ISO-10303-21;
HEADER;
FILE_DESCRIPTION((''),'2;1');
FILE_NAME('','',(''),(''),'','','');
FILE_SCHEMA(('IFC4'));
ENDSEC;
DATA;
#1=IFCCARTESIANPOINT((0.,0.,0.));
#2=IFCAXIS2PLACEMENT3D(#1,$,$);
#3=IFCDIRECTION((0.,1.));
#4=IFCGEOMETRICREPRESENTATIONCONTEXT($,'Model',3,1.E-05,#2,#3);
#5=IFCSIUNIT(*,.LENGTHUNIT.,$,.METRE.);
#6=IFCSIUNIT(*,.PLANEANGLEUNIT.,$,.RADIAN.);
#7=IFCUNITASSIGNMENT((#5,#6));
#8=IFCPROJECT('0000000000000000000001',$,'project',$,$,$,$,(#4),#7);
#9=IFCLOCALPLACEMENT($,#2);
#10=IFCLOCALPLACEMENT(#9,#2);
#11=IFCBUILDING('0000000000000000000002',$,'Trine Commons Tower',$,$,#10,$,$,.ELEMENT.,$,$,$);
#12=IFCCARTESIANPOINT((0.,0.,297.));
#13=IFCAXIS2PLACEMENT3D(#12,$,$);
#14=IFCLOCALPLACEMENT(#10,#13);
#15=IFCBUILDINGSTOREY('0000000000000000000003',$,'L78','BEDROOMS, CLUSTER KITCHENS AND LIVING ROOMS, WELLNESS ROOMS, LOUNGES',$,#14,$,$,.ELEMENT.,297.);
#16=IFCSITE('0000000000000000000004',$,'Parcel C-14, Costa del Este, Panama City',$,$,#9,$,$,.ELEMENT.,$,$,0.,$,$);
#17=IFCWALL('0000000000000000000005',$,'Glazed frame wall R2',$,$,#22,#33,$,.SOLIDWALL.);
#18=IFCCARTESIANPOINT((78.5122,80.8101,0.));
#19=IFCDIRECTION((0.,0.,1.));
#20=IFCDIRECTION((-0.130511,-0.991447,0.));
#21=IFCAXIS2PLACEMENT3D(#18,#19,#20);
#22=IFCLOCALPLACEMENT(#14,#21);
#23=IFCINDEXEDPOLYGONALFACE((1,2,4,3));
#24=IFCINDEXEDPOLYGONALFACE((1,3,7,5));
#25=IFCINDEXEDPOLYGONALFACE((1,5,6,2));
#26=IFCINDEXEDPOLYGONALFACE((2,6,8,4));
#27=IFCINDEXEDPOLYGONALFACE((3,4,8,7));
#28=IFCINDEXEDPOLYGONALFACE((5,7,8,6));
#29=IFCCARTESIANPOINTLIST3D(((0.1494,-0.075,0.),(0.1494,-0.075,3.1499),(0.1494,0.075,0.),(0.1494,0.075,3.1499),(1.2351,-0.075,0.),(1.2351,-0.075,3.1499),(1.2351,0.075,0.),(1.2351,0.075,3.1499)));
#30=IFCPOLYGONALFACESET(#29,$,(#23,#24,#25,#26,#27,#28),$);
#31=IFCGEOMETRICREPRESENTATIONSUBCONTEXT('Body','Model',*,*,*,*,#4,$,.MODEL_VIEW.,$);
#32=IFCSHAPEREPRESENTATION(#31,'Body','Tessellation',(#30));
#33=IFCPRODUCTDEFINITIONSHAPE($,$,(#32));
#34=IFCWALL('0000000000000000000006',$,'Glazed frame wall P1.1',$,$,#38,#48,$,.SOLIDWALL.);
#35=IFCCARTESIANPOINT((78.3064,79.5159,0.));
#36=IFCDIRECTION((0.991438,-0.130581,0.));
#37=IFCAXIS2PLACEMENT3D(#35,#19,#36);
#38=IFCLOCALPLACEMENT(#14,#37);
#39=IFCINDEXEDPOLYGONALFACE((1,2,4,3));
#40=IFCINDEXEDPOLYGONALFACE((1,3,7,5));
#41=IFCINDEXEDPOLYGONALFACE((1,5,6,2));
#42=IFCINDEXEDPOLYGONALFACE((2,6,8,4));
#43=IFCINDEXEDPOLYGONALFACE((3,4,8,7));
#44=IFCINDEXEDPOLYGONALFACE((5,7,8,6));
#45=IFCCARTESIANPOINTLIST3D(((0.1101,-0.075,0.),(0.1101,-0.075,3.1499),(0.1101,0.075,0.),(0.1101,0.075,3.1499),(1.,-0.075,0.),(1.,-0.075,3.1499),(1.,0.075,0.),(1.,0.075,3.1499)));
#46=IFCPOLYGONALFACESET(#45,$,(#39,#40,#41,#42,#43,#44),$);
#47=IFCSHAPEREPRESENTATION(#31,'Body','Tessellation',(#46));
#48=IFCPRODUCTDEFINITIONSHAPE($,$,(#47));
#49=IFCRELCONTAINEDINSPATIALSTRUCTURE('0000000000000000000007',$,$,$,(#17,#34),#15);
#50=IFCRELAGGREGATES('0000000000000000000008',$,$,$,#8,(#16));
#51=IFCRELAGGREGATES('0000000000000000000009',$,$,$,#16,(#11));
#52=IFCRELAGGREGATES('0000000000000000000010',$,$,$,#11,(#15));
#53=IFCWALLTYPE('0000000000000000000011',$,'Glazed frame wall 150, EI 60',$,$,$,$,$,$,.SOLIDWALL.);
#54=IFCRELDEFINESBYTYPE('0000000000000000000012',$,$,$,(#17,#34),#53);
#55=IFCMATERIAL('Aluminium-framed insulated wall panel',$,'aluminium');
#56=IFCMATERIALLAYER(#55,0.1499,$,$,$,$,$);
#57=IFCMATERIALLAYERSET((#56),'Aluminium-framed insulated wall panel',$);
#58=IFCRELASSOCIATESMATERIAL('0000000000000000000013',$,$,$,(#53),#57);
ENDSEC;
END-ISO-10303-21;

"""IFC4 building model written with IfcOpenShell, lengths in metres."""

from ifc_helpers import new_model, si_unit, direction, frame, origin, place, context, subcontext, project, spatial, polyline, outline, extrude, material, layer, layer_set, type_object, element, save


model = new_model("IFC4")

# Units and contexts
model_context = context("Model", 3, precision=1e-05, world=origin(), true_north=direction((0.0, 1.0)))
body_context = subcontext(model_context, "Body", "Model", "MODEL_VIEW")
ifc_project = project(units=[si_unit("LENGTHUNIT", "METRE"), si_unit("PLANEANGLEUNIT", "RADIAN")], contexts=[model_context])

# Site, building, storey
site_placement = place(None, origin())
site = spatial("IfcSite", under=ifc_project, at=site_placement, Name="Parcel C-14, Costa del Este, Panama City", CompositionType="ELEMENT", RefElevation=0.0)
building_placement = place(site_placement, origin())
building = spatial("IfcBuilding", under=site, at=building_placement, Name="Trine Commons Tower", CompositionType="ELEMENT")
storey_placement = place(building_placement, frame((0.0, 0.0, 297.0)))
storey = spatial("IfcBuildingStorey", under=building, at=storey_placement, Name="L78", Description="BEDROOMS, CLUSTER KITCHENS AND LIVING ROOMS, WELLNESS ROOMS, LOUNGES", CompositionType="ELEMENT", Elevation=297.0)

# Walls
ifc_material_1 = material(Name="Aluminium-framed insulated wall panel", Category="aluminium")
ifc_layer_1 = layer(ifc_material_1, 0.1499)
ifc_layer_set_1 = layer_set([ifc_layer_1], Name="Aluminium-framed insulated wall panel")
wall_type_1 = type_object("IfcWallType", Name="Glazed frame wall 150, EI 60", PredefinedType="SOLIDWALL", material=ifc_layer_set_1)
wall_1_placement = place(storey_placement, frame((78.5122, 80.8101, 0.0), z_axis=(0.0, 0.0, 1.0), x_axis=(-0.130511, -0.991447, 0.0)))
element("IfcWall", 1, at=wall_1_placement, inside=storey, type_object=wall_type_1, Name="Glazed frame wall R2", PredefinedType="SOLIDWALL", context=body_context, shape_type="SweptSolid", body=[
    extrude(outline(polyline([(0.1494, 0.075), (0.1494, -0.075), (1.2351, -0.075), (1.2351, 0.075), (0.1494, 0.075)])), origin(), (0.0, 0.0, 1.0), 3.1499),
])
wall_2_placement = place(storey_placement, frame((78.3064, 79.5159, 0.0), z_axis=(0.0, 0.0, 1.0), x_axis=(0.991438, -0.130581, 0.0)))
element("IfcWall", 2, at=wall_2_placement, inside=storey, type_object=wall_type_1, Name="Glazed frame wall P1.1", PredefinedType="SOLIDWALL", context=body_context, shape_type="SweptSolid", body=[
    extrude(outline(polyline([(0.1101, -0.075), (1.0, -0.075), (1.0, 0.075), (0.1101, 0.075), (0.1101, -0.075)])), origin(), (0.0, 0.0, 1.0), 3.1499),
])

save(model, "model.ifc")
